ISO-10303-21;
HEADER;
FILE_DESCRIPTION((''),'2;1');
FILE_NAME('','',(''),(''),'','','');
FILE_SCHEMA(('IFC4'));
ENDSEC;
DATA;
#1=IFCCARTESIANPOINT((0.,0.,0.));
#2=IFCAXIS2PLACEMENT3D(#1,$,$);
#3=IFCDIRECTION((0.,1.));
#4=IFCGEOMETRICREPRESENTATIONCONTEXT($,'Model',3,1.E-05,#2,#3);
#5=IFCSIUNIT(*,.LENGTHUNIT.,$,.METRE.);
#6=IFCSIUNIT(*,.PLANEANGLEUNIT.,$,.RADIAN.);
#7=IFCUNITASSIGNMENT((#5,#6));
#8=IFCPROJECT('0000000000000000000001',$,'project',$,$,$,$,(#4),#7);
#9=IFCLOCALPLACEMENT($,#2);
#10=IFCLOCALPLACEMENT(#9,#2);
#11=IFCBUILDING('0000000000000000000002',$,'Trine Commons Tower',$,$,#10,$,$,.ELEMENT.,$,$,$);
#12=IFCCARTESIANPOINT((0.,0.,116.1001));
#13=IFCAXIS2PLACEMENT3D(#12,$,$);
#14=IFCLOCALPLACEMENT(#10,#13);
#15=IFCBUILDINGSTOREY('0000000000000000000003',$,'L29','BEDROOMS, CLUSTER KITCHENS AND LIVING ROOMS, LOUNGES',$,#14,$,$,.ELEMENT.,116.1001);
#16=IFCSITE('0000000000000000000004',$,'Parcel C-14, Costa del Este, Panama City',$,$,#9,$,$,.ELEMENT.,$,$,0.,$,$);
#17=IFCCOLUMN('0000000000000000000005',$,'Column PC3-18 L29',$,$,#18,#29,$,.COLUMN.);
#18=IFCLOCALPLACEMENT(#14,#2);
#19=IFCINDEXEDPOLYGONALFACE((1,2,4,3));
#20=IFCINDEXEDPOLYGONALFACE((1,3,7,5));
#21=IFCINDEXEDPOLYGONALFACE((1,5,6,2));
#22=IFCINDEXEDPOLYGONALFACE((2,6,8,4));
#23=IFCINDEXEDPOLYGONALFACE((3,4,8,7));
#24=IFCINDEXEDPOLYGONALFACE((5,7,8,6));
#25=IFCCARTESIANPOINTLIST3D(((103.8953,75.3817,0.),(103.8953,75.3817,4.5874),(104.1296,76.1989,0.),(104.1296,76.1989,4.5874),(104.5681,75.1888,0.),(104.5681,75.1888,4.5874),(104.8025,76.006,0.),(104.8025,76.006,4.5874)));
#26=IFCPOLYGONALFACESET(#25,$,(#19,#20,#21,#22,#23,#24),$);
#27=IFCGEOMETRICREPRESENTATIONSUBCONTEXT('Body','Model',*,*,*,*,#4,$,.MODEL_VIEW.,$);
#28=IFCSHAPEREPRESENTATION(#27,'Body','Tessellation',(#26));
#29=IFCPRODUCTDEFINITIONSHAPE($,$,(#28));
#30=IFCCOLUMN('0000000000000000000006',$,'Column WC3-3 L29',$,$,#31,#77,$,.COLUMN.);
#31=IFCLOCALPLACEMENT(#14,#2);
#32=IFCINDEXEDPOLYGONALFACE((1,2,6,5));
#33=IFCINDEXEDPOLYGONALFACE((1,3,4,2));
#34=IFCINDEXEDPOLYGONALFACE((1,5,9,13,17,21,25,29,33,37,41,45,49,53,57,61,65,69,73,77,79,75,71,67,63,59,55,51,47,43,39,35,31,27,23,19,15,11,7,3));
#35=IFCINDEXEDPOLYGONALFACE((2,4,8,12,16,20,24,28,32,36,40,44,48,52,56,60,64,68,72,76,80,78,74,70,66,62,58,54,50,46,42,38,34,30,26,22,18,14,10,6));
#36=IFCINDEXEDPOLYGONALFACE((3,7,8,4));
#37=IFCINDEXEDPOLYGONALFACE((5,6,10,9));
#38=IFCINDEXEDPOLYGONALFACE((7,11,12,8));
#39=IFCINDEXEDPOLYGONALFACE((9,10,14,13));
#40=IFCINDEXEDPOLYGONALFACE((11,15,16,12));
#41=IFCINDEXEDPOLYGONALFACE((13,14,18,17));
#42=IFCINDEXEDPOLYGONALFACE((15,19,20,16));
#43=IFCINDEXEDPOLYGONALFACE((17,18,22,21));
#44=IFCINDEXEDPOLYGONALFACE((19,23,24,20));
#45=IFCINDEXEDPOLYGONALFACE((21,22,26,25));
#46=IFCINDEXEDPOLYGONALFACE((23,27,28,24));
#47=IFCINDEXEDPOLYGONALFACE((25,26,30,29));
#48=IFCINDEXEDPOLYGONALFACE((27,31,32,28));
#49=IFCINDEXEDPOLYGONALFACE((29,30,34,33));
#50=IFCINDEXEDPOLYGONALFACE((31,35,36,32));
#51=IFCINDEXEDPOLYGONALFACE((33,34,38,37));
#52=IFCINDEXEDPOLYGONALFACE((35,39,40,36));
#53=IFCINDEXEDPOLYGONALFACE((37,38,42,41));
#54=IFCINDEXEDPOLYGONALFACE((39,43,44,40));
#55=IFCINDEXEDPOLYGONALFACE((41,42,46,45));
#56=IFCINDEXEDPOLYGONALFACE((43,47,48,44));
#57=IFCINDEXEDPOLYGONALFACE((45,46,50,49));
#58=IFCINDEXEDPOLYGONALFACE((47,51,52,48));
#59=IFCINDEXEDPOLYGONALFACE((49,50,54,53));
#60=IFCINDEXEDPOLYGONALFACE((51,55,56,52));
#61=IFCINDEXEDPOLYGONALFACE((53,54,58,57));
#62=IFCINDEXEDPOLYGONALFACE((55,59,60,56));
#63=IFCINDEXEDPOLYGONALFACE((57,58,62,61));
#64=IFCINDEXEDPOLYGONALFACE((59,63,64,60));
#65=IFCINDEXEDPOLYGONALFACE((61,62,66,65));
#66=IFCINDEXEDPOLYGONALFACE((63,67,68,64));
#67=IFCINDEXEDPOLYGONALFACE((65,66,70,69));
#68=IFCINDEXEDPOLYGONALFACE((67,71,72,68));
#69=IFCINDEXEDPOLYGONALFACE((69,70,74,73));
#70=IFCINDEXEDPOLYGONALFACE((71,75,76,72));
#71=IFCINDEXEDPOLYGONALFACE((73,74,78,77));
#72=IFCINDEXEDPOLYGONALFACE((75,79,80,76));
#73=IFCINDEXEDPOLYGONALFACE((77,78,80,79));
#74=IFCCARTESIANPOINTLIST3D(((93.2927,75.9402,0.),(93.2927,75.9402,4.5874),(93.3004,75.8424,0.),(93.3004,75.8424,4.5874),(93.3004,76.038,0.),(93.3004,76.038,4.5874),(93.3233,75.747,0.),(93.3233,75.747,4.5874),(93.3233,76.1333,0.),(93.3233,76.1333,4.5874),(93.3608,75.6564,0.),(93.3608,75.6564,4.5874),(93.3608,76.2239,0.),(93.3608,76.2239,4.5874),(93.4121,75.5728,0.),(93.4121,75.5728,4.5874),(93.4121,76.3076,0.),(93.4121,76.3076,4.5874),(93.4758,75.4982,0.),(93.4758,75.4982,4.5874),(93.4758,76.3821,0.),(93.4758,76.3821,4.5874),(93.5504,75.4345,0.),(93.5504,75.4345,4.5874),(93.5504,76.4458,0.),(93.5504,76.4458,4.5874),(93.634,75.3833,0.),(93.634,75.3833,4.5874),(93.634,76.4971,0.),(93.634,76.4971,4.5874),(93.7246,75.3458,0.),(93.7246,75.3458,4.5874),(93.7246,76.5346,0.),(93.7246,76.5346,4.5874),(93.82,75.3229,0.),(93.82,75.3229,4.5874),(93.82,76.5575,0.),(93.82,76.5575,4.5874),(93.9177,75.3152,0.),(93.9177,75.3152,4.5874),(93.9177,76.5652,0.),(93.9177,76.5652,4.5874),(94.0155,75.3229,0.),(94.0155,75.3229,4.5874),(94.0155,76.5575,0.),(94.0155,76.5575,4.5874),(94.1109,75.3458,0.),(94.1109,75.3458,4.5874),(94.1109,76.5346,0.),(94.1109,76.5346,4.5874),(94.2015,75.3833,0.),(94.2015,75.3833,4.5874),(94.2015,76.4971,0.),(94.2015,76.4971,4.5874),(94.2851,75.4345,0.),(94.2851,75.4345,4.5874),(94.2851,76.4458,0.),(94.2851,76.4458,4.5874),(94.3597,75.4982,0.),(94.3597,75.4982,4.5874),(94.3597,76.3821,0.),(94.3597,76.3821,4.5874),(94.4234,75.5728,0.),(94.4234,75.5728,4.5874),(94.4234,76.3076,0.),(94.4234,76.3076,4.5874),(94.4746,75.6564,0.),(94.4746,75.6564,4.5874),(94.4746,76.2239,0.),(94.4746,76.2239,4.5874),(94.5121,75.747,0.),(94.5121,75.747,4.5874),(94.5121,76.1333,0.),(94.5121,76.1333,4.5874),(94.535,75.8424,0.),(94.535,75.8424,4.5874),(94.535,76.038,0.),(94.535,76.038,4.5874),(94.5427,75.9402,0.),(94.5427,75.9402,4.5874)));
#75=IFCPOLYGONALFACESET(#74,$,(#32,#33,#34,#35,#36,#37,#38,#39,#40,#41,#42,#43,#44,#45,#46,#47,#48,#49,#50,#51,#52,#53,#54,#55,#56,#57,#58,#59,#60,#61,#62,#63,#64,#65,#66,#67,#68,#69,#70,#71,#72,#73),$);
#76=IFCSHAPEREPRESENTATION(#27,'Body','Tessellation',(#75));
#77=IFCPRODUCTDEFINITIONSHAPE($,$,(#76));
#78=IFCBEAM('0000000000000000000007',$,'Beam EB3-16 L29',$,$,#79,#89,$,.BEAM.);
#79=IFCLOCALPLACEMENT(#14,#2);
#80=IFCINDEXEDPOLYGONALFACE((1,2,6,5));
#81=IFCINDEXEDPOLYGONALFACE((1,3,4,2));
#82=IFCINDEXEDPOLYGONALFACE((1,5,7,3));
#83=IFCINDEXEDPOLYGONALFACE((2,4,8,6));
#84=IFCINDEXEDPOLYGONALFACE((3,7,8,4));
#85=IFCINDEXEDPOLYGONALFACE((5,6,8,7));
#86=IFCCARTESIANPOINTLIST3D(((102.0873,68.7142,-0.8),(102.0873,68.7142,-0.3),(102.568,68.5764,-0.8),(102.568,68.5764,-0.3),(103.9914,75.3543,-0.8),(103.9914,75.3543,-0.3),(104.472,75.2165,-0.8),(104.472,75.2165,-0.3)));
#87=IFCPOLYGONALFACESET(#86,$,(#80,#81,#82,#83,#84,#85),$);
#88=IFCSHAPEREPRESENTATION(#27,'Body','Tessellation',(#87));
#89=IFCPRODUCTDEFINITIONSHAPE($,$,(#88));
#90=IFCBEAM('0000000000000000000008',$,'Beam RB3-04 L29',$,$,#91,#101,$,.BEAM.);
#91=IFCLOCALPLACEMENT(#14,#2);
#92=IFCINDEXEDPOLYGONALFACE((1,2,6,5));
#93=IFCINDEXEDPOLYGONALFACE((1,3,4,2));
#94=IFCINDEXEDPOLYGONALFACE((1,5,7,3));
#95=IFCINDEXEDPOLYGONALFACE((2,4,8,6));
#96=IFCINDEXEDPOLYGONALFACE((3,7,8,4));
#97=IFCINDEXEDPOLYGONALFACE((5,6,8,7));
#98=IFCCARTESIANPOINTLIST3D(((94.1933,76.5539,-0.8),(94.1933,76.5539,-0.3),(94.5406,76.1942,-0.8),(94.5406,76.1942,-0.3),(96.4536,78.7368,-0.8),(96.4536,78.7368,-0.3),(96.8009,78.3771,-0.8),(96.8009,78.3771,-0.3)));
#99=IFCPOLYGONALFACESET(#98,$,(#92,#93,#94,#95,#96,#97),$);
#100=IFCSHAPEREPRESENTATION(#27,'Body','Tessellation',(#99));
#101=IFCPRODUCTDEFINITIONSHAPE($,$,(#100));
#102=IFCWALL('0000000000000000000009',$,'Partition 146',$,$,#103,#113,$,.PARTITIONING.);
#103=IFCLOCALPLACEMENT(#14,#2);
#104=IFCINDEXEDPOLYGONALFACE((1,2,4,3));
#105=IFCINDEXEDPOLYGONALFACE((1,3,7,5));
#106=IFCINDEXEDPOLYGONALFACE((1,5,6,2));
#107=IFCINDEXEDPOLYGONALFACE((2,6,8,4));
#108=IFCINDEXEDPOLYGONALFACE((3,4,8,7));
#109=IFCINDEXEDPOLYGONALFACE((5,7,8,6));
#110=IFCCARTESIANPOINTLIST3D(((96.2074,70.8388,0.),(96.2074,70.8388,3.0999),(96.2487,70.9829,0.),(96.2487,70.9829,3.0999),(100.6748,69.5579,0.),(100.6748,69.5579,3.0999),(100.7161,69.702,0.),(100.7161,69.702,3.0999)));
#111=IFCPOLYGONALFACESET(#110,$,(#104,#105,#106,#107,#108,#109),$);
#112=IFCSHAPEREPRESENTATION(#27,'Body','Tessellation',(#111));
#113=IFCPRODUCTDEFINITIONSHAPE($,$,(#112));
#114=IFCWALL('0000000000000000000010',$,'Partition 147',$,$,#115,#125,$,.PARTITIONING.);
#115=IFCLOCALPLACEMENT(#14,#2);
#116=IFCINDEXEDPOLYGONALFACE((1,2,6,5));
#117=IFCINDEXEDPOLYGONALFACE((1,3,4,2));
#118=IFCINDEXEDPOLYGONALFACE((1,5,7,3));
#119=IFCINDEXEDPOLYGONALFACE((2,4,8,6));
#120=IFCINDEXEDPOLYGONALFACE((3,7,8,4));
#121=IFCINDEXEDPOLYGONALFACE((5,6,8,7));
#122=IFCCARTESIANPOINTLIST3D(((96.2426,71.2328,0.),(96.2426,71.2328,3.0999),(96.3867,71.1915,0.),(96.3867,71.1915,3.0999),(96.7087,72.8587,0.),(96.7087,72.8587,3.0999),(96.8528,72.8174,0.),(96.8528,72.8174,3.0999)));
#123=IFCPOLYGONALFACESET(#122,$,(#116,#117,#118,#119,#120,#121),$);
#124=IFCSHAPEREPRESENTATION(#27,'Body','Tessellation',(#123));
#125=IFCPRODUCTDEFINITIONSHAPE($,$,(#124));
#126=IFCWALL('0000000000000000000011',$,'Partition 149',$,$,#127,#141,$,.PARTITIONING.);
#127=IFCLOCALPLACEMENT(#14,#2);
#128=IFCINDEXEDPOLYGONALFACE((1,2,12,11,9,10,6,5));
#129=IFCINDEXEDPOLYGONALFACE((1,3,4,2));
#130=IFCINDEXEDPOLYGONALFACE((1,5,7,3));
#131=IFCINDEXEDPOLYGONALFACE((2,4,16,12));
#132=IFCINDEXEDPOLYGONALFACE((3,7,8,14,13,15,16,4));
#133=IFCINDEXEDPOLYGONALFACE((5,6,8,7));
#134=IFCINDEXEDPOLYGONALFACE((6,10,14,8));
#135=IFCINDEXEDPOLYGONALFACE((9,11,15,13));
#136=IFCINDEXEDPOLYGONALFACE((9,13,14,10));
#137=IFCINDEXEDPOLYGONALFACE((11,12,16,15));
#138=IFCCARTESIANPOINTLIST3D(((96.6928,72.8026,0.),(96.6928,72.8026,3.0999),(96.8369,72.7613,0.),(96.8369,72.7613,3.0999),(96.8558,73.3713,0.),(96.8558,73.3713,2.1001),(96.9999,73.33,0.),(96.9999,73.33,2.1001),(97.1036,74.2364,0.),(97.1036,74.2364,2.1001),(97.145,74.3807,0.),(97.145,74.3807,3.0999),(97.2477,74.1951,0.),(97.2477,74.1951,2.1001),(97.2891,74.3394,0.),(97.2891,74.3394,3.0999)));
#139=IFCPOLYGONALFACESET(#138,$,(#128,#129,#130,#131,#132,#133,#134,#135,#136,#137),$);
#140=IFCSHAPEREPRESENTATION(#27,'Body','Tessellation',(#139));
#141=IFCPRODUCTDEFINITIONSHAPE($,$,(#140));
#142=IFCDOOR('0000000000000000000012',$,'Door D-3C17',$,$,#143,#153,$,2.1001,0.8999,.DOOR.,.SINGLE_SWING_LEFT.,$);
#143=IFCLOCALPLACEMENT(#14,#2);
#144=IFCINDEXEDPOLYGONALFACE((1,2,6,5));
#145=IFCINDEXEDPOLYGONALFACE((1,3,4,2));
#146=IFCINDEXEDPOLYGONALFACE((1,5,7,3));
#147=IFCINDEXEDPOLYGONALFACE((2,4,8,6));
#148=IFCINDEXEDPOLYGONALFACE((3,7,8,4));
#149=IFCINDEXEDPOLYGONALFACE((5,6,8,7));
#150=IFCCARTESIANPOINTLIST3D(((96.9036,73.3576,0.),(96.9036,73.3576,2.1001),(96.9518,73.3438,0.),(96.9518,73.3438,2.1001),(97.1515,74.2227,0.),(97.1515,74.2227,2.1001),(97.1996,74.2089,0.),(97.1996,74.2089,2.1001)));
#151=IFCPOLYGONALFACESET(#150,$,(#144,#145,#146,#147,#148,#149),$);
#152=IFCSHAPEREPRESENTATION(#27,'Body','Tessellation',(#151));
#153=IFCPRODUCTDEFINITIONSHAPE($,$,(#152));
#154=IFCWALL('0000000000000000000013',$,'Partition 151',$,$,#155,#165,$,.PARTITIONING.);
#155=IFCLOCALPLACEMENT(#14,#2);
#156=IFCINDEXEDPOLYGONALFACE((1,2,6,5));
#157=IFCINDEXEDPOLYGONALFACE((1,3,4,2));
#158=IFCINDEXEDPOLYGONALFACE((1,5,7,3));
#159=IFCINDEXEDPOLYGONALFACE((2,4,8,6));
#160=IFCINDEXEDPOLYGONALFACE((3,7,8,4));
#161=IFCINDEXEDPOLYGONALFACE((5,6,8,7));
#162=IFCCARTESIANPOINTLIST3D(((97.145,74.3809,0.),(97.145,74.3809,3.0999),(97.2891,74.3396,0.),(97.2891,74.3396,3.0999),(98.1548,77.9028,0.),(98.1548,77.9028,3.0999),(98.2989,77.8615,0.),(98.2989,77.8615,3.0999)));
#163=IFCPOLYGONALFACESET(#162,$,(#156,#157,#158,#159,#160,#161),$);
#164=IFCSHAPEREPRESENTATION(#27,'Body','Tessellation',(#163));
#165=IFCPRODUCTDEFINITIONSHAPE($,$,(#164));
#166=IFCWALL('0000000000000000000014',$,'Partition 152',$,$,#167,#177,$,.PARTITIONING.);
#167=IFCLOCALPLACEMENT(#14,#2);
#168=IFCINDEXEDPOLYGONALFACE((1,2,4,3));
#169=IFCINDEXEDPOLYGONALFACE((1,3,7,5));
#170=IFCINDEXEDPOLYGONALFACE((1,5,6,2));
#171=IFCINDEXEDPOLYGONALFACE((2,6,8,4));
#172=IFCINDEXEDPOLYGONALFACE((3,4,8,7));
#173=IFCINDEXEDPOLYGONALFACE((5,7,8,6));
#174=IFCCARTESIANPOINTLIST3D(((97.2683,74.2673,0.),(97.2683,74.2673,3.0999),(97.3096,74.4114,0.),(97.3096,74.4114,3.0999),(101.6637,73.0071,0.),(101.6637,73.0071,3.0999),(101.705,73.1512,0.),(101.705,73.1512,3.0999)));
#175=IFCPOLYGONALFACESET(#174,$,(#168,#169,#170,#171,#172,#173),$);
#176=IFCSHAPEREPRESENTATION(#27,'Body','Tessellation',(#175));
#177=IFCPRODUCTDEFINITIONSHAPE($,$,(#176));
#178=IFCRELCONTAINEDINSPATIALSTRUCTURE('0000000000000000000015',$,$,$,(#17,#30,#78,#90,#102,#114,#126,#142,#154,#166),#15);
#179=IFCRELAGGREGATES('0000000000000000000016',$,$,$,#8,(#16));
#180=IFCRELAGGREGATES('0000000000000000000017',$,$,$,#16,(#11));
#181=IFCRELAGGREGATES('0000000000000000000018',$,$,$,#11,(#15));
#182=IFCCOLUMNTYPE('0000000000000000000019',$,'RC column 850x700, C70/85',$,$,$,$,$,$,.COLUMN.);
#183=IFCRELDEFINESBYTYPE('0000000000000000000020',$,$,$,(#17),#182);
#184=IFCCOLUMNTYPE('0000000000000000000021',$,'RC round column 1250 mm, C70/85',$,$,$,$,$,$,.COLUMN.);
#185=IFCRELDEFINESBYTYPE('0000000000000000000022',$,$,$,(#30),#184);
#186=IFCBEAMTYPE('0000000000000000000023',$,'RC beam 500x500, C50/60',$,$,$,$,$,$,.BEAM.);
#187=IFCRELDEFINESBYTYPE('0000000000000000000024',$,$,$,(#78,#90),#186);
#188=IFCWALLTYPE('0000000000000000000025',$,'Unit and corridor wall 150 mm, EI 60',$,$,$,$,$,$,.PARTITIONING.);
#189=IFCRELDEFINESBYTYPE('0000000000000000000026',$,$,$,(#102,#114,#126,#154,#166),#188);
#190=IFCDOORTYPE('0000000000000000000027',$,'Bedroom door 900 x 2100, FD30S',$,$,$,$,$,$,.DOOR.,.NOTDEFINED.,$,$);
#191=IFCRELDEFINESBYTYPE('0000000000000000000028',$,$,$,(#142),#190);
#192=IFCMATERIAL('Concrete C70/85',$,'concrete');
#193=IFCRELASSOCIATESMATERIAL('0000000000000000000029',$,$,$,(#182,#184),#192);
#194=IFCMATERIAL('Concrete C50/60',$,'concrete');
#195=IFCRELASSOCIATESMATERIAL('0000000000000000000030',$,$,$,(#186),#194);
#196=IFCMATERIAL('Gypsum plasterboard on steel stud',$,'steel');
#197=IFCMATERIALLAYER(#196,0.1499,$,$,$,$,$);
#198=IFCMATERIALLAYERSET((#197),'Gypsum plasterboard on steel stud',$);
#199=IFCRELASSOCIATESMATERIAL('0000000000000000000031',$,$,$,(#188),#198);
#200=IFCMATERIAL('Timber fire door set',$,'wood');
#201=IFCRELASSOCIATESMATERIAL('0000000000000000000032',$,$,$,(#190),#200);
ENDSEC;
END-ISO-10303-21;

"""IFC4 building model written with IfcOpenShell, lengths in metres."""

from ifc_helpers import new_model, si_unit, direction, frame, frame_2d, origin, origin_2d, place, context, subcontext, project, spatial, rectangle, circle, extrude, material, layer, layer_set, material_profile, profile_set, type_object, element, fill, save


model = new_model("IFC4")

# Units and contexts
model_context = context("Model", 3, precision=1e-05, world=origin(), true_north=direction((0.0, 1.0)))
body_context = subcontext(model_context, "Body", "Model", "MODEL_VIEW")
ifc_project = project(units=[si_unit("LENGTHUNIT", "METRE"), si_unit("PLANEANGLEUNIT", "RADIAN")], contexts=[model_context])

# Site, building, storey
site_placement = place(None, origin())
site = spatial("IfcSite", under=ifc_project, at=site_placement, Name="Parcel C-14, Costa del Este, Panama City", CompositionType="ELEMENT", RefElevation=0.0)
building_placement = place(site_placement, origin())
building = spatial("IfcBuilding", under=site, at=building_placement, Name="Trine Commons Tower", CompositionType="ELEMENT")
storey_placement = place(building_placement, frame((0.0, 0.0, 116.1001)))
storey = spatial("IfcBuildingStorey", under=building, at=storey_placement, Name="L29", Description="BEDROOMS, CLUSTER KITCHENS AND LIVING ROOMS, LOUNGES", CompositionType="ELEMENT", Elevation=116.1001)

# Columns
ifc_material_1 = material(Name="Concrete C70/85", Category="concrete")
ifc_material_profile_1 = material_profile(ifc_material_1, rectangle(XDim=0.8501, YDim=0.7, at=origin_2d()), Name="RC 850x700")
ifc_profile_set_1 = profile_set([ifc_material_profile_1], Name="Concrete C70/85")
column_type_1 = type_object("IfcColumnType", Name="RC column 850x700, C70/85", PredefinedType="COLUMN", material=ifc_profile_set_1)
column_1_placement = place(storey_placement, frame((104.3489, 75.6938, 0.0), z_axis=(0.0, 0.0, 1.0), x_axis=(0.275637, 0.961262, 0.0)))
element("IfcColumn", 1, at=column_1_placement, inside=storey, type_object=column_type_1, Name="Column PC3-18 L29", PredefinedType="COLUMN", context=body_context, shape_type="SweptSolid", body=[
    extrude(rectangle(XDim=0.8501, YDim=0.7, at=origin_2d()), origin(), (0.0, 0.0, 1.0), 4.5874),
])
ifc_material_profile_2 = material_profile(ifc_material_1, circle(Radius=0.625, at=origin_2d()), Name="RC round 1250")
ifc_profile_set_2 = profile_set([ifc_material_profile_2], Name="Concrete C70/85")
column_type_2 = type_object("IfcColumnType", Name="RC round column 1250 mm, C70/85", PredefinedType="COLUMN", material=ifc_profile_set_2)
column_2_placement = place(storey_placement, frame((93.9177, 75.9402, 0.0), z_axis=(0.0, 0.0, 1.0), x_axis=(1.0, 0.0, 0.0)))
element("IfcColumn", 2, at=column_2_placement, inside=storey, type_object=column_type_2, Name="Column WC3-3 L29", PredefinedType="COLUMN", context=body_context, shape_type="SweptSolid", body=[
    extrude(circle(Radius=0.625, at=origin_2d()), origin(), (0.0, 0.0, 1.0), 4.5874),
])

# Beams
ifc_material_2 = material(Name="Concrete C50/60", Category="concrete")
ifc_material_profile_3 = material_profile(ifc_material_2, rectangle(XDim=0.5, YDim=0.5, at=origin_2d()), Name="RC 500x500")
ifc_profile_set_3 = profile_set([ifc_material_profile_3], Name="Concrete C50/60")
beam_type = type_object("IfcBeamType", Name="RC beam 500x500, C50/60", PredefinedType="BEAM", material=ifc_profile_set_3)
beam_1_placement = place(storey_placement, frame((104.2317, 75.2854, -0.55), z_axis=(-0.275641, -0.961261, 0.0), x_axis=(0.961261, -0.275641, 0.0)))
element("IfcBeam", 3, at=beam_1_placement, inside=storey, type_object=beam_type, Name="Beam EB3-16 L29", PredefinedType="BEAM", context=body_context, shape_type="SweptSolid", body=[
    extrude(rectangle(XDim=0.5, YDim=0.5, at=origin_2d()), origin(), (0.0, 0.0, 1.0), 6.9077),
])
beam_2_placement = place(storey_placement, frame((94.3669, 76.374, -0.55), z_axis=(0.719314, 0.694685, 0.0), x_axis=(-0.694685, 0.719314, 0.0)))
element("IfcBeam", 4, at=beam_2_placement, inside=storey, type_object=beam_type, Name="Beam RB3-04 L29", PredefinedType="BEAM", context=body_context, shape_type="SweptSolid", body=[
    extrude(rectangle(XDim=0.5, YDim=0.5, at=origin_2d()), origin(), (0.0, 0.0, 1.0), 3.1423),
])

# Walls
ifc_material_3 = material(Name="Gypsum plasterboard on steel stud", Category="steel")
ifc_layer_1 = layer(ifc_material_3, 0.1499)
ifc_layer_set_1 = layer_set([ifc_layer_1], Name="Gypsum plasterboard on steel stud")
wall_type_1 = type_object("IfcWallType", Name="Unit and corridor wall 150 mm, EI 60", PredefinedType="PARTITIONING", material=ifc_layer_set_1)
wall_1_placement = place(storey_placement, frame((96.228, 70.9109, 0.0), z_axis=(0.0, 0.0, 1.0), x_axis=(0.961264, -0.27563, 0.0)))
element("IfcWall", 5, at=wall_1_placement, inside=storey, type_object=wall_type_1, Name="Partition 146", PredefinedType="PARTITIONING", context=body_context, shape_type="SweptSolid", body=[
    extrude(rectangle(XDim=4.6475, YDim=0.1499, at=frame_2d((2.3237, 0.0))), origin(), (0.0, 0.0, 1.0), 3.0999),
])
wall_2_placement = place(storey_placement, frame((96.3147, 71.2122, 0.0), z_axis=(0.0, 0.0, 1.0), x_axis=(0.275541, 0.961289, 0.0)))
element("IfcWall", 6, at=wall_2_placement, inside=storey, type_object=wall_type_1, Name="Partition 147", PredefinedType="PARTITIONING", context=body_context, shape_type="SweptSolid", body=[
    extrude(rectangle(XDim=1.6914, YDim=0.1499, at=frame_2d((0.8457, 0.0))), origin(), (0.0, 0.0, 1.0), 3.0999),
])

# Wall, opening, door
wall_3_placement = place(storey_placement, frame((96.7649, 72.782, 0.0), z_axis=(0.0, 0.0, 1.0), x_axis=(0.275428, 0.961322, 0.0)))
wall_3 = element("IfcWall", 7, at=wall_3_placement, inside=storey, type_object=wall_type_1, Name="Partition 149", PredefinedType="PARTITIONING", context=body_context, shape_type="SweptSolid", body=[
    extrude(rectangle(XDim=1.6416, YDim=0.1499, at=frame_2d((0.8208, 0.0))), origin(), (0.0, 0.0, 1.0), 3.0999),
])
opening_1_placement = place(wall_3_placement, frame((0.5916, 0.0, 0.0)))
opening_1 = element("IfcOpeningElement", 8, at=opening_1_placement, cuts=wall_3, PredefinedType="OPENING", context=body_context, shape_type="SweptSolid", body=[
    extrude(rectangle(XDim=0.8999, YDim=2.1001, at=frame_2d((0.45, 1.05))), frame((0.0, 0.085, 0.0), z_axis=(0.0, -1.0, 0.0), x_axis=(1.0, 0.0, 0.0)), (0.0, 0.0, 1.0), 0.1699),
])
ifc_material_4 = material(Name="Timber fire door set", Category="wood")
door_type_1 = type_object("IfcDoorType", Name="Bedroom door 900 x 2100, FD30S", OperationType="NOTDEFINED", PredefinedType="DOOR", material=ifc_material_4)
door_1_placement = place(opening_1_placement, frame((0.8999, 0.0, 0.0), z_axis=(0.0, 0.0, 1.0), x_axis=(-1.0, 0.0, 0.0)))
door_1 = element("IfcDoor", 9, at=door_1_placement, inside=storey, type_object=door_type_1, Name="Door D-3C17", OperationType="SINGLE_SWING_LEFT", OverallHeight=2.1001, OverallWidth=0.8999, PredefinedType="DOOR", context=body_context, shape_type="SweptSolid", body=[
    extrude(rectangle(XDim=0.8999, YDim=2.1001, at=frame_2d((0.45, 1.05))), frame((0.0, 0.0249, 0.0), z_axis=(0.0, -1.0, 0.0), x_axis=(1.0, 0.0, 0.0)), (0.0, 0.0, 1.0), 0.05),
])
fill(opening_1, door_1)

# Walls
wall_4_placement = place(storey_placement, frame((97.217, 74.3601, 0.0), z_axis=(0.0, 0.0, 1.0), x_axis=(0.275601, 0.961272, 0.0)))
element("IfcWall", 10, at=wall_4_placement, inside=storey, type_object=wall_type_1, Name="Partition 151", PredefinedType="PARTITIONING", context=body_context, shape_type="SweptSolid", body=[
    extrude(rectangle(XDim=3.6638, YDim=0.1499, at=frame_2d((1.832, 0.0))), origin(), (0.0, 0.0, 1.0), 3.0999),
])
wall_5_placement = place(storey_placement, frame((97.2891, 74.3394, 0.0), z_axis=(0.0, 0.0, 1.0), x_axis=(0.96127, -0.27561, 0.0)))
element("IfcWall", 11, at=wall_5_placement, inside=storey, type_object=wall_type_1, Name="Partition 152", PredefinedType="PARTITIONING", context=body_context, shape_type="SweptSolid", body=[
    extrude(rectangle(XDim=4.5725, YDim=0.1499, at=frame_2d((2.2861, 0.0))), origin(), (0.0, 0.0, 1.0), 3.0999),
])

save(model, "model.ifc")
